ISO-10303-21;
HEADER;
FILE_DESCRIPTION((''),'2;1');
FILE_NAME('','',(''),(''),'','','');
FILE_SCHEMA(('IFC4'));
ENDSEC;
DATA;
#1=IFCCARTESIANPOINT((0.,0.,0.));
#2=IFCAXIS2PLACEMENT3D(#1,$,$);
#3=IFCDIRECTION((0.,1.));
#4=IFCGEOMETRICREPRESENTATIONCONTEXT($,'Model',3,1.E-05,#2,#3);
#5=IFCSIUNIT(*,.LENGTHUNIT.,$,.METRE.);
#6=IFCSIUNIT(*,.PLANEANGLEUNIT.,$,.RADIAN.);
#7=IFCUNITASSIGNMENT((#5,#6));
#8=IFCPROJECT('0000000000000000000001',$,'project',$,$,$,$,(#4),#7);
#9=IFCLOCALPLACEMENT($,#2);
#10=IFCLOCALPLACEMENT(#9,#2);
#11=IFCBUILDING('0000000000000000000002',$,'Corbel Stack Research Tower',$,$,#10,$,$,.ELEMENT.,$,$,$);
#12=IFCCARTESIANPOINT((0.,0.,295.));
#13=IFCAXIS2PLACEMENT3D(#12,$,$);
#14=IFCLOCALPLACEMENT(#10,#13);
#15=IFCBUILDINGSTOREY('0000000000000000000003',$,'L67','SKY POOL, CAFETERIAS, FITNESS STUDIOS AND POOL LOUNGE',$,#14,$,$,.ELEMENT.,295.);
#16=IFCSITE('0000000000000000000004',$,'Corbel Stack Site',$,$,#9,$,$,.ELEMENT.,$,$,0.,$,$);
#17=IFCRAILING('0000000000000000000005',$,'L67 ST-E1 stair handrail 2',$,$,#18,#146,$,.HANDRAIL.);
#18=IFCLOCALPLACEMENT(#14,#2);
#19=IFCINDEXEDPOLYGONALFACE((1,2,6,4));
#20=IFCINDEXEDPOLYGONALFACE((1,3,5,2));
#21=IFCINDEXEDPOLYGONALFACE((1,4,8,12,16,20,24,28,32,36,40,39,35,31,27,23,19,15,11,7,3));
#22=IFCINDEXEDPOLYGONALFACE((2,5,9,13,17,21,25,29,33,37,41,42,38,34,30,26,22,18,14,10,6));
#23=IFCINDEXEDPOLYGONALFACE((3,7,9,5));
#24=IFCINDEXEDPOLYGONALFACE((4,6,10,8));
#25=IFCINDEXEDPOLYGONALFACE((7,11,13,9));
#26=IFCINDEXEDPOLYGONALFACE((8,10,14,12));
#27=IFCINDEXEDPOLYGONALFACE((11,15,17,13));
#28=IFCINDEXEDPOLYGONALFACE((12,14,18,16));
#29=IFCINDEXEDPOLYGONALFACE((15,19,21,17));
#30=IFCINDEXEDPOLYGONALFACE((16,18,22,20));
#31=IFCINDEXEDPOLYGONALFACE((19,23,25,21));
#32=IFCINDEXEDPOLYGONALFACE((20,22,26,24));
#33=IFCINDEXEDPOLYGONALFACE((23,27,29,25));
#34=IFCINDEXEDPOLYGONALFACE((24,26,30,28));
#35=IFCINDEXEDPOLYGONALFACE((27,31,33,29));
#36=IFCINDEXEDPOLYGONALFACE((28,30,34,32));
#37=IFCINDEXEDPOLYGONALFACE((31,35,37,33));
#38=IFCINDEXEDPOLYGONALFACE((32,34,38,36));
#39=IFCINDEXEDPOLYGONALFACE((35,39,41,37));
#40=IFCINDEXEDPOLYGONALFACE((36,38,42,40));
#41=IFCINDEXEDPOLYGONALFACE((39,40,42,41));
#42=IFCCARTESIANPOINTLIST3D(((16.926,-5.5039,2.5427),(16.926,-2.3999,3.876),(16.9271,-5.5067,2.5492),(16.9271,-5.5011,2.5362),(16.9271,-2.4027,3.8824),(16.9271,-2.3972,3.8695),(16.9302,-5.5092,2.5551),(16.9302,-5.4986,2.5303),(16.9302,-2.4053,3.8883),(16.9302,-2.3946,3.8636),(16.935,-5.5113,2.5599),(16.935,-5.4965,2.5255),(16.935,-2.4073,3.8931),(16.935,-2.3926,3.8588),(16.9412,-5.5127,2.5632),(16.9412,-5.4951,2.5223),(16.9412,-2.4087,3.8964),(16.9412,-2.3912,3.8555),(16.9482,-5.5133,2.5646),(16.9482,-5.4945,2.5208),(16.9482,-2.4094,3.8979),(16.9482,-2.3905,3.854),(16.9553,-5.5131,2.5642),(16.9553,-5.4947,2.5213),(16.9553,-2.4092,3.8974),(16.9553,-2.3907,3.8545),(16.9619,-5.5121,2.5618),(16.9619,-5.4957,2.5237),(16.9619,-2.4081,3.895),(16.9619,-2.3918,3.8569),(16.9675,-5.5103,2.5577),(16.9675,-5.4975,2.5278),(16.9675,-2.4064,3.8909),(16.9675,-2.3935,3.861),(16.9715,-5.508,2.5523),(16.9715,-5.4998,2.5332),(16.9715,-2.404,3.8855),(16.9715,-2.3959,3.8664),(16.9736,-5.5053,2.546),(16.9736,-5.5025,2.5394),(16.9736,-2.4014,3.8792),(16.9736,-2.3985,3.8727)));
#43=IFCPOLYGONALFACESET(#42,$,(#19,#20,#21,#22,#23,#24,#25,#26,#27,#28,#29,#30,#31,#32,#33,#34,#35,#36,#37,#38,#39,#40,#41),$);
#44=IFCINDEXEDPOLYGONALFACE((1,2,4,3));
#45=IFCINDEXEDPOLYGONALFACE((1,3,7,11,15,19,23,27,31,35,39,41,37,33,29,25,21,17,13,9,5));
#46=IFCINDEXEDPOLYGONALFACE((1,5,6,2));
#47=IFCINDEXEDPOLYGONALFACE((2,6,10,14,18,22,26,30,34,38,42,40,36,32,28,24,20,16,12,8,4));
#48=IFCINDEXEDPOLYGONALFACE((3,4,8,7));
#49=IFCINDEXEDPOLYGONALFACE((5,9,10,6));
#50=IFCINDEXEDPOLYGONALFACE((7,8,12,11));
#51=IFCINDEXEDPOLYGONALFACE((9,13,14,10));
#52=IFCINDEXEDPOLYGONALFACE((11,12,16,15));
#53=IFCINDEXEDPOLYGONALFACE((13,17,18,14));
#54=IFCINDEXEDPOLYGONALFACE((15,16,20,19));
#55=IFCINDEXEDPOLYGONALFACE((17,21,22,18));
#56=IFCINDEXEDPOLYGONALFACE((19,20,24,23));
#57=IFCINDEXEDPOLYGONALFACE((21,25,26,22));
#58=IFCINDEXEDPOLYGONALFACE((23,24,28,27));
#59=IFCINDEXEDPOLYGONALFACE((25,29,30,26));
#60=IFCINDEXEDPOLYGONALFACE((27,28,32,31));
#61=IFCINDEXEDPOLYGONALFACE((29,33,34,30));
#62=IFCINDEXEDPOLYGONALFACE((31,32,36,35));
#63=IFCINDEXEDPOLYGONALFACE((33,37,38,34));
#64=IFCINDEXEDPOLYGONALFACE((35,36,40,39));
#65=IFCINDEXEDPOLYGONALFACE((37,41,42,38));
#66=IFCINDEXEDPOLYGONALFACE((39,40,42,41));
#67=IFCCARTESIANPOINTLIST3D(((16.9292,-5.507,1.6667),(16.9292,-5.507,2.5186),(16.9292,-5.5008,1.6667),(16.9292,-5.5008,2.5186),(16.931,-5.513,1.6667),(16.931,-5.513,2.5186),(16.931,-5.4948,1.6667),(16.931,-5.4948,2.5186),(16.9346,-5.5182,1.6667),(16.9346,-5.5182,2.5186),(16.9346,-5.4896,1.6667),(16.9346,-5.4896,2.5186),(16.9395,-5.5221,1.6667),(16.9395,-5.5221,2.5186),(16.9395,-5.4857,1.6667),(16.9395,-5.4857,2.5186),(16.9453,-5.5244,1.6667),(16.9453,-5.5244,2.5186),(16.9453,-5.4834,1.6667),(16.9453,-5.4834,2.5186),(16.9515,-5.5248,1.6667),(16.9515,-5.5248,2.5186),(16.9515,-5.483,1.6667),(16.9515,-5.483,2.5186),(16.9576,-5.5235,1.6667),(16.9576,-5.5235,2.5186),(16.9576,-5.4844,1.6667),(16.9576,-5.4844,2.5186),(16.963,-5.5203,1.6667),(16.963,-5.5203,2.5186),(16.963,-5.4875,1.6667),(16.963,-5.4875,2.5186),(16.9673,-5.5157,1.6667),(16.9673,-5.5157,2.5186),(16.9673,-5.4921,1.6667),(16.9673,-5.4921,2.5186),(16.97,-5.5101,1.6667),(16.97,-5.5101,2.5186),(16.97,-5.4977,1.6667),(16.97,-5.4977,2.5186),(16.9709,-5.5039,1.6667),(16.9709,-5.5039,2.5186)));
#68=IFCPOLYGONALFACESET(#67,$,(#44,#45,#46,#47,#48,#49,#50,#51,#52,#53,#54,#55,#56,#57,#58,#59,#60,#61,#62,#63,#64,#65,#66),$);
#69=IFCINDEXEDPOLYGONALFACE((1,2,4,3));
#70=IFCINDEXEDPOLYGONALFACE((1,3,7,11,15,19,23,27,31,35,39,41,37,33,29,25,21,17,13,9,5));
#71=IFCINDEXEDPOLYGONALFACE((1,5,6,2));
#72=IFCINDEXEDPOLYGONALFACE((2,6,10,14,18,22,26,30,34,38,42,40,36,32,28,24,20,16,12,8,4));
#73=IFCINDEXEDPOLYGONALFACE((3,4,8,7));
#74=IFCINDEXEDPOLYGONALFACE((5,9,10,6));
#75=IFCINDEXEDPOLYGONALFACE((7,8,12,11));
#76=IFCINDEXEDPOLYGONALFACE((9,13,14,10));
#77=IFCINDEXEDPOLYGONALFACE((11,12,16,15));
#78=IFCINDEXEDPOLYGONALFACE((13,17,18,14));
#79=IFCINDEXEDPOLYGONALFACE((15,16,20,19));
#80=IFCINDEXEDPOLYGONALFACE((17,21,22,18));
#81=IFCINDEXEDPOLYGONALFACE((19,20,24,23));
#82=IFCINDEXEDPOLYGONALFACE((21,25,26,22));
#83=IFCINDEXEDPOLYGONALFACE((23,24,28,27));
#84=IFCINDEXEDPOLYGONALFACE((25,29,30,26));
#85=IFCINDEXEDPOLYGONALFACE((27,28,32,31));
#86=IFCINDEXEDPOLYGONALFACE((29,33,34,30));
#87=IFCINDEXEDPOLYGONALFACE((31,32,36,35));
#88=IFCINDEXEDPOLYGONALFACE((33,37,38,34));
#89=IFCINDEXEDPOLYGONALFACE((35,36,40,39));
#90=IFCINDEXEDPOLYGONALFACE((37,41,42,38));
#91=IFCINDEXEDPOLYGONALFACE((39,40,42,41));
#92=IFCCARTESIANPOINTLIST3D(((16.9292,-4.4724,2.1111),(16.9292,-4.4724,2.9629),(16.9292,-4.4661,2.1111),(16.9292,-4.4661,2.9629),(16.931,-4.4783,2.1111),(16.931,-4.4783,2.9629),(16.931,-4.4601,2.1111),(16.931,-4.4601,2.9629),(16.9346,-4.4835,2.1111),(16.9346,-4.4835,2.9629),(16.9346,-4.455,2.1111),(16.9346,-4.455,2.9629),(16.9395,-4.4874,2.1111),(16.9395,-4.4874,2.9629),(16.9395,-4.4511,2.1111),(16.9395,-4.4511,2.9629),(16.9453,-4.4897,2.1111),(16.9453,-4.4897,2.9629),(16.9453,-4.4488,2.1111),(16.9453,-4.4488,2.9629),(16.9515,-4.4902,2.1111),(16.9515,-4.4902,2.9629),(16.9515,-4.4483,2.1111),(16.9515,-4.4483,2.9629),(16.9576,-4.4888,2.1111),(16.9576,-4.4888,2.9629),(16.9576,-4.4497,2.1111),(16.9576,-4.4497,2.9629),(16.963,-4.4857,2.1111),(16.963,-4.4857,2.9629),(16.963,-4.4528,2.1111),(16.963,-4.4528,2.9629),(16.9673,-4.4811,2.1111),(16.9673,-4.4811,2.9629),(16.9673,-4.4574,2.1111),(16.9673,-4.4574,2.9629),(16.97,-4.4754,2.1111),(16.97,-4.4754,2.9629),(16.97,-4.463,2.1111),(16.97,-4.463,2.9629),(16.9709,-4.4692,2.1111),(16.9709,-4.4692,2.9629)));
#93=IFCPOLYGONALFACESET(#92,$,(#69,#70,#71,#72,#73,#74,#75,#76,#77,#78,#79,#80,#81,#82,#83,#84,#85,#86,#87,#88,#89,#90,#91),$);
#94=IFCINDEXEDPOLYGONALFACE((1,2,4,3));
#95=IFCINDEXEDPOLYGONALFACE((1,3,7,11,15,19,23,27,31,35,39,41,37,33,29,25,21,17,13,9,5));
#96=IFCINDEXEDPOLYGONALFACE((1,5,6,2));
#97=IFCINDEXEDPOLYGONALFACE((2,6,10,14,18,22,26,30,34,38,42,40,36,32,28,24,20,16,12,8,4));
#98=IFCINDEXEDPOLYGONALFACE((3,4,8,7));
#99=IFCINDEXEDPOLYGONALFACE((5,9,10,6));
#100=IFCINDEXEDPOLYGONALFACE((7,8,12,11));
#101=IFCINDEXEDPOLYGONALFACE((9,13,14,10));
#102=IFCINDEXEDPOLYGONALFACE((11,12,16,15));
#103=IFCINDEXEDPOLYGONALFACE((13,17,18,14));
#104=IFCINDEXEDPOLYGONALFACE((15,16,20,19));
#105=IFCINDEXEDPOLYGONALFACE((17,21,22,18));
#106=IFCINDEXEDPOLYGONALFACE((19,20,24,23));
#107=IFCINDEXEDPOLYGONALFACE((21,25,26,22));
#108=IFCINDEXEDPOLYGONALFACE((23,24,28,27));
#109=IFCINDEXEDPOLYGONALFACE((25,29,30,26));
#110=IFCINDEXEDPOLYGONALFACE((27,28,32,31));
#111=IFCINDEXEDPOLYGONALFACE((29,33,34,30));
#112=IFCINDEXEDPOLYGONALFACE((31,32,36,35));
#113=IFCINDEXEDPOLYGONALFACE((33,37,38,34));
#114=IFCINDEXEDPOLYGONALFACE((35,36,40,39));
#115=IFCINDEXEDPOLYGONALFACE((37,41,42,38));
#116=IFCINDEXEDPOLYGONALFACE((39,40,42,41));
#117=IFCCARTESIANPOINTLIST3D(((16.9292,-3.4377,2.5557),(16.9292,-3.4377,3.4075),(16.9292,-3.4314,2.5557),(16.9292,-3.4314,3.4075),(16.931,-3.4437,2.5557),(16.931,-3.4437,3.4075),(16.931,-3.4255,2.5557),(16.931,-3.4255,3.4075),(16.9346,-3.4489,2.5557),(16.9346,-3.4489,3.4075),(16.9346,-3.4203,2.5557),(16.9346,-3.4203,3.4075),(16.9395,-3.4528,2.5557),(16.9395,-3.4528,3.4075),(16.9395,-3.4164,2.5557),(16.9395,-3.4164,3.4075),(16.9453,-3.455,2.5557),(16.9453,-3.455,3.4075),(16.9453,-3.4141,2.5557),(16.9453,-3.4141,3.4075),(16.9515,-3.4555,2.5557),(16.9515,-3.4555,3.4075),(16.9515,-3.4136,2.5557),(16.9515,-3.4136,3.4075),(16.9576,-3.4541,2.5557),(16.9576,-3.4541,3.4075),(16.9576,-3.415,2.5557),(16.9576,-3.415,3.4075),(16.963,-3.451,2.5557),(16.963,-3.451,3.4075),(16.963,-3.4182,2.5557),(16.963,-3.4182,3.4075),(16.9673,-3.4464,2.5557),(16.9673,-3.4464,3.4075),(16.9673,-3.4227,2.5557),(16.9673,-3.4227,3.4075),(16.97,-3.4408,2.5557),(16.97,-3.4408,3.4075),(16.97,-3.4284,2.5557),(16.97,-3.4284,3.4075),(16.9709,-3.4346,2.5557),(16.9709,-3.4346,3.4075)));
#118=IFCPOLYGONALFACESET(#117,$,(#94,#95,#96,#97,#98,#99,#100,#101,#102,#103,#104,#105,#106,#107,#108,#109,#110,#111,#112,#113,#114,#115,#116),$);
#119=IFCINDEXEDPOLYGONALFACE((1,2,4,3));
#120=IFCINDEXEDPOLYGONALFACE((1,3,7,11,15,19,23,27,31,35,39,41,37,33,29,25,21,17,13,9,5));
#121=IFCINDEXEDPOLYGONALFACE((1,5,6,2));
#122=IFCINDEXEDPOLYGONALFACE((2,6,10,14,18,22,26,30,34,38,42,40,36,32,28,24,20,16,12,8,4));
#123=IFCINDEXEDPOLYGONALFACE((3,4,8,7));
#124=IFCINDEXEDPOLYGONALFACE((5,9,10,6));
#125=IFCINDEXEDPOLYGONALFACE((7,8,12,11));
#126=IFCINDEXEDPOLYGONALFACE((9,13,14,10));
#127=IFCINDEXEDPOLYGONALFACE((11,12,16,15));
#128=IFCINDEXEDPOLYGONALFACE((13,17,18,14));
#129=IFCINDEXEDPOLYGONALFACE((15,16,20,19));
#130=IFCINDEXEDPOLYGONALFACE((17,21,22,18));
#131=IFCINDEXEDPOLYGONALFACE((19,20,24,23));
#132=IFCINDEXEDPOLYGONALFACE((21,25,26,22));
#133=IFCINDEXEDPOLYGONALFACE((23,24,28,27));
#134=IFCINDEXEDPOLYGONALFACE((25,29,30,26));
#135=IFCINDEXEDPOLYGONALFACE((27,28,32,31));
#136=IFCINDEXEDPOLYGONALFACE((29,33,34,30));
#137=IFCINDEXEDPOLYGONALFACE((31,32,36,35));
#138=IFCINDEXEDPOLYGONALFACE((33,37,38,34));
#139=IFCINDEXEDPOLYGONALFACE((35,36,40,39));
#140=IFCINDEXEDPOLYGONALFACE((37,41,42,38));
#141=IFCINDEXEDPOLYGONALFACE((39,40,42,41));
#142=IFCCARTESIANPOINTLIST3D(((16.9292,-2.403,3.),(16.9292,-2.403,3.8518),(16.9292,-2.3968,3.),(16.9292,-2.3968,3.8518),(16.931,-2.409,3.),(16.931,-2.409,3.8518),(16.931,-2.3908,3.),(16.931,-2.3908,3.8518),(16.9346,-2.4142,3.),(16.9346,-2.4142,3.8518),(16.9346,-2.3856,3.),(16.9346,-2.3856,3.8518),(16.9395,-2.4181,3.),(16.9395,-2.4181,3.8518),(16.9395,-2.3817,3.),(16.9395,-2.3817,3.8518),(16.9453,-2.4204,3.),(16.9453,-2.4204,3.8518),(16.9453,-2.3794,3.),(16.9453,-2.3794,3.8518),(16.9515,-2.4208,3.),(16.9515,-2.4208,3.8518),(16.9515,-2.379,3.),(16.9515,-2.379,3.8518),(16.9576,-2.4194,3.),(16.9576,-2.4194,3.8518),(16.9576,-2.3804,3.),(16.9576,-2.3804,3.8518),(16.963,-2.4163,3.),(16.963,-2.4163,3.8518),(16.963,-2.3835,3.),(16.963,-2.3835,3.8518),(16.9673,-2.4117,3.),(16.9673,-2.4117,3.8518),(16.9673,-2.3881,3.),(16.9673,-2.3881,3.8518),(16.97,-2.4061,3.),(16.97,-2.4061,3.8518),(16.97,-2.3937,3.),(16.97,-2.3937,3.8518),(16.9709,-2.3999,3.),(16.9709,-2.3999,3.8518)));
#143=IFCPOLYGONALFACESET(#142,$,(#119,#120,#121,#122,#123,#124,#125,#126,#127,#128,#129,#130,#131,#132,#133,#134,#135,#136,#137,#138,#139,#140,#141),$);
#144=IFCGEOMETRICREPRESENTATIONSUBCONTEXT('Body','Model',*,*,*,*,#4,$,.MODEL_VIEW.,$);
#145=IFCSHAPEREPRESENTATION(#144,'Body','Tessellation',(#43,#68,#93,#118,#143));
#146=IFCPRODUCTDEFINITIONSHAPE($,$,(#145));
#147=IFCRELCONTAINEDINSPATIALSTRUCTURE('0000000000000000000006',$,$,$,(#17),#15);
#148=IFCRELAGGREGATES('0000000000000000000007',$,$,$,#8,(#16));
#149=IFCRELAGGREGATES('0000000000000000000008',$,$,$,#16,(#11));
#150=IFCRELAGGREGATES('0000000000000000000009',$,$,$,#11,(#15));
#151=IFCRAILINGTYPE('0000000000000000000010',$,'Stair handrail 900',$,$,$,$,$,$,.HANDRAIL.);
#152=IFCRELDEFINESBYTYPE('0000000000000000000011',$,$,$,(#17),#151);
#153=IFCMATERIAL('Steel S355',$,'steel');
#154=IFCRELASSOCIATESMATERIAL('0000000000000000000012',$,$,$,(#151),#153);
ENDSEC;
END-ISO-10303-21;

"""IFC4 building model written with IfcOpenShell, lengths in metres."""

from ifc_helpers import new_model, si_unit, direction, frame, origin, origin_2d, place, context, subcontext, project, spatial, circle, extrude, material, type_object, element, save


model = new_model("IFC4")

# Units and contexts
model_context = context("Model", 3, precision=1e-05, world=origin(), true_north=direction((0.0, 1.0)))
body_context = subcontext(model_context, "Body", "Model", "MODEL_VIEW")
ifc_project = project(units=[si_unit("LENGTHUNIT", "METRE"), si_unit("PLANEANGLEUNIT", "RADIAN")], contexts=[model_context])

# Site, building, storey
site_placement = place(None, origin())
site = spatial("IfcSite", under=ifc_project, at=site_placement, Name="Corbel Stack Site", CompositionType="ELEMENT", RefElevation=0.0)
building_placement = place(site_placement, origin())
building = spatial("IfcBuilding", under=site, at=building_placement, Name="Corbel Stack Research Tower", CompositionType="ELEMENT")
storey_placement = place(building_placement, frame((0.0, 0.0, 295.0)))
storey = spatial("IfcBuildingStorey", under=building, at=storey_placement, Name="L67", Description="SKY POOL, CAFETERIAS, FITNESS STUDIOS AND POOL LOUNGE", CompositionType="ELEMENT", Elevation=295.0)

# Railing
ifc_material_1 = material(Name="Steel S355", Category="steel")
railing_type_1 = type_object("IfcRailingType", Name="Stair handrail 900", PredefinedType="HANDRAIL", material=ifc_material_1)
for number, where, name in (
    (1, (16.95, -5.5039, 1.6667), "L67 ST-E1 stair handrail 2"),
):
    element("IfcRailing", number, at=place(storey_placement, frame(where)), inside=storey, type_object=railing_type_1, Name=name, PredefinedType="HANDRAIL", context=body_context, shape_type="SweptSolid", body=[
        extrude(circle(Radius=0.0239, at=origin_2d()), frame((0.0, 0.0, 0.876), z_axis=(0.0, 0.918827, 0.394661), x_axis=(-1.0, 0.0, 0.0)), (0.0, 0.0, 1.0), 3.3782),
        extrude(circle(Radius=0.021, at=origin_2d()), origin(), (0.0, 0.0, 1.0), 0.8518),
        extrude(circle(Radius=0.021, at=origin_2d()), frame((0.0, 1.0347, 0.4443)), (0.0, 0.0, 1.0), 0.8518),
        extrude(circle(Radius=0.021, at=origin_2d()), frame((0.0, 2.0693, 0.8889)), (0.0, 0.0, 1.0), 0.8518),
        extrude(circle(Radius=0.021, at=origin_2d()), frame((0.0, 3.104, 1.3333)), (0.0, 0.0, 1.0), 0.8518),
    ])

save(model, "model.ifc")
